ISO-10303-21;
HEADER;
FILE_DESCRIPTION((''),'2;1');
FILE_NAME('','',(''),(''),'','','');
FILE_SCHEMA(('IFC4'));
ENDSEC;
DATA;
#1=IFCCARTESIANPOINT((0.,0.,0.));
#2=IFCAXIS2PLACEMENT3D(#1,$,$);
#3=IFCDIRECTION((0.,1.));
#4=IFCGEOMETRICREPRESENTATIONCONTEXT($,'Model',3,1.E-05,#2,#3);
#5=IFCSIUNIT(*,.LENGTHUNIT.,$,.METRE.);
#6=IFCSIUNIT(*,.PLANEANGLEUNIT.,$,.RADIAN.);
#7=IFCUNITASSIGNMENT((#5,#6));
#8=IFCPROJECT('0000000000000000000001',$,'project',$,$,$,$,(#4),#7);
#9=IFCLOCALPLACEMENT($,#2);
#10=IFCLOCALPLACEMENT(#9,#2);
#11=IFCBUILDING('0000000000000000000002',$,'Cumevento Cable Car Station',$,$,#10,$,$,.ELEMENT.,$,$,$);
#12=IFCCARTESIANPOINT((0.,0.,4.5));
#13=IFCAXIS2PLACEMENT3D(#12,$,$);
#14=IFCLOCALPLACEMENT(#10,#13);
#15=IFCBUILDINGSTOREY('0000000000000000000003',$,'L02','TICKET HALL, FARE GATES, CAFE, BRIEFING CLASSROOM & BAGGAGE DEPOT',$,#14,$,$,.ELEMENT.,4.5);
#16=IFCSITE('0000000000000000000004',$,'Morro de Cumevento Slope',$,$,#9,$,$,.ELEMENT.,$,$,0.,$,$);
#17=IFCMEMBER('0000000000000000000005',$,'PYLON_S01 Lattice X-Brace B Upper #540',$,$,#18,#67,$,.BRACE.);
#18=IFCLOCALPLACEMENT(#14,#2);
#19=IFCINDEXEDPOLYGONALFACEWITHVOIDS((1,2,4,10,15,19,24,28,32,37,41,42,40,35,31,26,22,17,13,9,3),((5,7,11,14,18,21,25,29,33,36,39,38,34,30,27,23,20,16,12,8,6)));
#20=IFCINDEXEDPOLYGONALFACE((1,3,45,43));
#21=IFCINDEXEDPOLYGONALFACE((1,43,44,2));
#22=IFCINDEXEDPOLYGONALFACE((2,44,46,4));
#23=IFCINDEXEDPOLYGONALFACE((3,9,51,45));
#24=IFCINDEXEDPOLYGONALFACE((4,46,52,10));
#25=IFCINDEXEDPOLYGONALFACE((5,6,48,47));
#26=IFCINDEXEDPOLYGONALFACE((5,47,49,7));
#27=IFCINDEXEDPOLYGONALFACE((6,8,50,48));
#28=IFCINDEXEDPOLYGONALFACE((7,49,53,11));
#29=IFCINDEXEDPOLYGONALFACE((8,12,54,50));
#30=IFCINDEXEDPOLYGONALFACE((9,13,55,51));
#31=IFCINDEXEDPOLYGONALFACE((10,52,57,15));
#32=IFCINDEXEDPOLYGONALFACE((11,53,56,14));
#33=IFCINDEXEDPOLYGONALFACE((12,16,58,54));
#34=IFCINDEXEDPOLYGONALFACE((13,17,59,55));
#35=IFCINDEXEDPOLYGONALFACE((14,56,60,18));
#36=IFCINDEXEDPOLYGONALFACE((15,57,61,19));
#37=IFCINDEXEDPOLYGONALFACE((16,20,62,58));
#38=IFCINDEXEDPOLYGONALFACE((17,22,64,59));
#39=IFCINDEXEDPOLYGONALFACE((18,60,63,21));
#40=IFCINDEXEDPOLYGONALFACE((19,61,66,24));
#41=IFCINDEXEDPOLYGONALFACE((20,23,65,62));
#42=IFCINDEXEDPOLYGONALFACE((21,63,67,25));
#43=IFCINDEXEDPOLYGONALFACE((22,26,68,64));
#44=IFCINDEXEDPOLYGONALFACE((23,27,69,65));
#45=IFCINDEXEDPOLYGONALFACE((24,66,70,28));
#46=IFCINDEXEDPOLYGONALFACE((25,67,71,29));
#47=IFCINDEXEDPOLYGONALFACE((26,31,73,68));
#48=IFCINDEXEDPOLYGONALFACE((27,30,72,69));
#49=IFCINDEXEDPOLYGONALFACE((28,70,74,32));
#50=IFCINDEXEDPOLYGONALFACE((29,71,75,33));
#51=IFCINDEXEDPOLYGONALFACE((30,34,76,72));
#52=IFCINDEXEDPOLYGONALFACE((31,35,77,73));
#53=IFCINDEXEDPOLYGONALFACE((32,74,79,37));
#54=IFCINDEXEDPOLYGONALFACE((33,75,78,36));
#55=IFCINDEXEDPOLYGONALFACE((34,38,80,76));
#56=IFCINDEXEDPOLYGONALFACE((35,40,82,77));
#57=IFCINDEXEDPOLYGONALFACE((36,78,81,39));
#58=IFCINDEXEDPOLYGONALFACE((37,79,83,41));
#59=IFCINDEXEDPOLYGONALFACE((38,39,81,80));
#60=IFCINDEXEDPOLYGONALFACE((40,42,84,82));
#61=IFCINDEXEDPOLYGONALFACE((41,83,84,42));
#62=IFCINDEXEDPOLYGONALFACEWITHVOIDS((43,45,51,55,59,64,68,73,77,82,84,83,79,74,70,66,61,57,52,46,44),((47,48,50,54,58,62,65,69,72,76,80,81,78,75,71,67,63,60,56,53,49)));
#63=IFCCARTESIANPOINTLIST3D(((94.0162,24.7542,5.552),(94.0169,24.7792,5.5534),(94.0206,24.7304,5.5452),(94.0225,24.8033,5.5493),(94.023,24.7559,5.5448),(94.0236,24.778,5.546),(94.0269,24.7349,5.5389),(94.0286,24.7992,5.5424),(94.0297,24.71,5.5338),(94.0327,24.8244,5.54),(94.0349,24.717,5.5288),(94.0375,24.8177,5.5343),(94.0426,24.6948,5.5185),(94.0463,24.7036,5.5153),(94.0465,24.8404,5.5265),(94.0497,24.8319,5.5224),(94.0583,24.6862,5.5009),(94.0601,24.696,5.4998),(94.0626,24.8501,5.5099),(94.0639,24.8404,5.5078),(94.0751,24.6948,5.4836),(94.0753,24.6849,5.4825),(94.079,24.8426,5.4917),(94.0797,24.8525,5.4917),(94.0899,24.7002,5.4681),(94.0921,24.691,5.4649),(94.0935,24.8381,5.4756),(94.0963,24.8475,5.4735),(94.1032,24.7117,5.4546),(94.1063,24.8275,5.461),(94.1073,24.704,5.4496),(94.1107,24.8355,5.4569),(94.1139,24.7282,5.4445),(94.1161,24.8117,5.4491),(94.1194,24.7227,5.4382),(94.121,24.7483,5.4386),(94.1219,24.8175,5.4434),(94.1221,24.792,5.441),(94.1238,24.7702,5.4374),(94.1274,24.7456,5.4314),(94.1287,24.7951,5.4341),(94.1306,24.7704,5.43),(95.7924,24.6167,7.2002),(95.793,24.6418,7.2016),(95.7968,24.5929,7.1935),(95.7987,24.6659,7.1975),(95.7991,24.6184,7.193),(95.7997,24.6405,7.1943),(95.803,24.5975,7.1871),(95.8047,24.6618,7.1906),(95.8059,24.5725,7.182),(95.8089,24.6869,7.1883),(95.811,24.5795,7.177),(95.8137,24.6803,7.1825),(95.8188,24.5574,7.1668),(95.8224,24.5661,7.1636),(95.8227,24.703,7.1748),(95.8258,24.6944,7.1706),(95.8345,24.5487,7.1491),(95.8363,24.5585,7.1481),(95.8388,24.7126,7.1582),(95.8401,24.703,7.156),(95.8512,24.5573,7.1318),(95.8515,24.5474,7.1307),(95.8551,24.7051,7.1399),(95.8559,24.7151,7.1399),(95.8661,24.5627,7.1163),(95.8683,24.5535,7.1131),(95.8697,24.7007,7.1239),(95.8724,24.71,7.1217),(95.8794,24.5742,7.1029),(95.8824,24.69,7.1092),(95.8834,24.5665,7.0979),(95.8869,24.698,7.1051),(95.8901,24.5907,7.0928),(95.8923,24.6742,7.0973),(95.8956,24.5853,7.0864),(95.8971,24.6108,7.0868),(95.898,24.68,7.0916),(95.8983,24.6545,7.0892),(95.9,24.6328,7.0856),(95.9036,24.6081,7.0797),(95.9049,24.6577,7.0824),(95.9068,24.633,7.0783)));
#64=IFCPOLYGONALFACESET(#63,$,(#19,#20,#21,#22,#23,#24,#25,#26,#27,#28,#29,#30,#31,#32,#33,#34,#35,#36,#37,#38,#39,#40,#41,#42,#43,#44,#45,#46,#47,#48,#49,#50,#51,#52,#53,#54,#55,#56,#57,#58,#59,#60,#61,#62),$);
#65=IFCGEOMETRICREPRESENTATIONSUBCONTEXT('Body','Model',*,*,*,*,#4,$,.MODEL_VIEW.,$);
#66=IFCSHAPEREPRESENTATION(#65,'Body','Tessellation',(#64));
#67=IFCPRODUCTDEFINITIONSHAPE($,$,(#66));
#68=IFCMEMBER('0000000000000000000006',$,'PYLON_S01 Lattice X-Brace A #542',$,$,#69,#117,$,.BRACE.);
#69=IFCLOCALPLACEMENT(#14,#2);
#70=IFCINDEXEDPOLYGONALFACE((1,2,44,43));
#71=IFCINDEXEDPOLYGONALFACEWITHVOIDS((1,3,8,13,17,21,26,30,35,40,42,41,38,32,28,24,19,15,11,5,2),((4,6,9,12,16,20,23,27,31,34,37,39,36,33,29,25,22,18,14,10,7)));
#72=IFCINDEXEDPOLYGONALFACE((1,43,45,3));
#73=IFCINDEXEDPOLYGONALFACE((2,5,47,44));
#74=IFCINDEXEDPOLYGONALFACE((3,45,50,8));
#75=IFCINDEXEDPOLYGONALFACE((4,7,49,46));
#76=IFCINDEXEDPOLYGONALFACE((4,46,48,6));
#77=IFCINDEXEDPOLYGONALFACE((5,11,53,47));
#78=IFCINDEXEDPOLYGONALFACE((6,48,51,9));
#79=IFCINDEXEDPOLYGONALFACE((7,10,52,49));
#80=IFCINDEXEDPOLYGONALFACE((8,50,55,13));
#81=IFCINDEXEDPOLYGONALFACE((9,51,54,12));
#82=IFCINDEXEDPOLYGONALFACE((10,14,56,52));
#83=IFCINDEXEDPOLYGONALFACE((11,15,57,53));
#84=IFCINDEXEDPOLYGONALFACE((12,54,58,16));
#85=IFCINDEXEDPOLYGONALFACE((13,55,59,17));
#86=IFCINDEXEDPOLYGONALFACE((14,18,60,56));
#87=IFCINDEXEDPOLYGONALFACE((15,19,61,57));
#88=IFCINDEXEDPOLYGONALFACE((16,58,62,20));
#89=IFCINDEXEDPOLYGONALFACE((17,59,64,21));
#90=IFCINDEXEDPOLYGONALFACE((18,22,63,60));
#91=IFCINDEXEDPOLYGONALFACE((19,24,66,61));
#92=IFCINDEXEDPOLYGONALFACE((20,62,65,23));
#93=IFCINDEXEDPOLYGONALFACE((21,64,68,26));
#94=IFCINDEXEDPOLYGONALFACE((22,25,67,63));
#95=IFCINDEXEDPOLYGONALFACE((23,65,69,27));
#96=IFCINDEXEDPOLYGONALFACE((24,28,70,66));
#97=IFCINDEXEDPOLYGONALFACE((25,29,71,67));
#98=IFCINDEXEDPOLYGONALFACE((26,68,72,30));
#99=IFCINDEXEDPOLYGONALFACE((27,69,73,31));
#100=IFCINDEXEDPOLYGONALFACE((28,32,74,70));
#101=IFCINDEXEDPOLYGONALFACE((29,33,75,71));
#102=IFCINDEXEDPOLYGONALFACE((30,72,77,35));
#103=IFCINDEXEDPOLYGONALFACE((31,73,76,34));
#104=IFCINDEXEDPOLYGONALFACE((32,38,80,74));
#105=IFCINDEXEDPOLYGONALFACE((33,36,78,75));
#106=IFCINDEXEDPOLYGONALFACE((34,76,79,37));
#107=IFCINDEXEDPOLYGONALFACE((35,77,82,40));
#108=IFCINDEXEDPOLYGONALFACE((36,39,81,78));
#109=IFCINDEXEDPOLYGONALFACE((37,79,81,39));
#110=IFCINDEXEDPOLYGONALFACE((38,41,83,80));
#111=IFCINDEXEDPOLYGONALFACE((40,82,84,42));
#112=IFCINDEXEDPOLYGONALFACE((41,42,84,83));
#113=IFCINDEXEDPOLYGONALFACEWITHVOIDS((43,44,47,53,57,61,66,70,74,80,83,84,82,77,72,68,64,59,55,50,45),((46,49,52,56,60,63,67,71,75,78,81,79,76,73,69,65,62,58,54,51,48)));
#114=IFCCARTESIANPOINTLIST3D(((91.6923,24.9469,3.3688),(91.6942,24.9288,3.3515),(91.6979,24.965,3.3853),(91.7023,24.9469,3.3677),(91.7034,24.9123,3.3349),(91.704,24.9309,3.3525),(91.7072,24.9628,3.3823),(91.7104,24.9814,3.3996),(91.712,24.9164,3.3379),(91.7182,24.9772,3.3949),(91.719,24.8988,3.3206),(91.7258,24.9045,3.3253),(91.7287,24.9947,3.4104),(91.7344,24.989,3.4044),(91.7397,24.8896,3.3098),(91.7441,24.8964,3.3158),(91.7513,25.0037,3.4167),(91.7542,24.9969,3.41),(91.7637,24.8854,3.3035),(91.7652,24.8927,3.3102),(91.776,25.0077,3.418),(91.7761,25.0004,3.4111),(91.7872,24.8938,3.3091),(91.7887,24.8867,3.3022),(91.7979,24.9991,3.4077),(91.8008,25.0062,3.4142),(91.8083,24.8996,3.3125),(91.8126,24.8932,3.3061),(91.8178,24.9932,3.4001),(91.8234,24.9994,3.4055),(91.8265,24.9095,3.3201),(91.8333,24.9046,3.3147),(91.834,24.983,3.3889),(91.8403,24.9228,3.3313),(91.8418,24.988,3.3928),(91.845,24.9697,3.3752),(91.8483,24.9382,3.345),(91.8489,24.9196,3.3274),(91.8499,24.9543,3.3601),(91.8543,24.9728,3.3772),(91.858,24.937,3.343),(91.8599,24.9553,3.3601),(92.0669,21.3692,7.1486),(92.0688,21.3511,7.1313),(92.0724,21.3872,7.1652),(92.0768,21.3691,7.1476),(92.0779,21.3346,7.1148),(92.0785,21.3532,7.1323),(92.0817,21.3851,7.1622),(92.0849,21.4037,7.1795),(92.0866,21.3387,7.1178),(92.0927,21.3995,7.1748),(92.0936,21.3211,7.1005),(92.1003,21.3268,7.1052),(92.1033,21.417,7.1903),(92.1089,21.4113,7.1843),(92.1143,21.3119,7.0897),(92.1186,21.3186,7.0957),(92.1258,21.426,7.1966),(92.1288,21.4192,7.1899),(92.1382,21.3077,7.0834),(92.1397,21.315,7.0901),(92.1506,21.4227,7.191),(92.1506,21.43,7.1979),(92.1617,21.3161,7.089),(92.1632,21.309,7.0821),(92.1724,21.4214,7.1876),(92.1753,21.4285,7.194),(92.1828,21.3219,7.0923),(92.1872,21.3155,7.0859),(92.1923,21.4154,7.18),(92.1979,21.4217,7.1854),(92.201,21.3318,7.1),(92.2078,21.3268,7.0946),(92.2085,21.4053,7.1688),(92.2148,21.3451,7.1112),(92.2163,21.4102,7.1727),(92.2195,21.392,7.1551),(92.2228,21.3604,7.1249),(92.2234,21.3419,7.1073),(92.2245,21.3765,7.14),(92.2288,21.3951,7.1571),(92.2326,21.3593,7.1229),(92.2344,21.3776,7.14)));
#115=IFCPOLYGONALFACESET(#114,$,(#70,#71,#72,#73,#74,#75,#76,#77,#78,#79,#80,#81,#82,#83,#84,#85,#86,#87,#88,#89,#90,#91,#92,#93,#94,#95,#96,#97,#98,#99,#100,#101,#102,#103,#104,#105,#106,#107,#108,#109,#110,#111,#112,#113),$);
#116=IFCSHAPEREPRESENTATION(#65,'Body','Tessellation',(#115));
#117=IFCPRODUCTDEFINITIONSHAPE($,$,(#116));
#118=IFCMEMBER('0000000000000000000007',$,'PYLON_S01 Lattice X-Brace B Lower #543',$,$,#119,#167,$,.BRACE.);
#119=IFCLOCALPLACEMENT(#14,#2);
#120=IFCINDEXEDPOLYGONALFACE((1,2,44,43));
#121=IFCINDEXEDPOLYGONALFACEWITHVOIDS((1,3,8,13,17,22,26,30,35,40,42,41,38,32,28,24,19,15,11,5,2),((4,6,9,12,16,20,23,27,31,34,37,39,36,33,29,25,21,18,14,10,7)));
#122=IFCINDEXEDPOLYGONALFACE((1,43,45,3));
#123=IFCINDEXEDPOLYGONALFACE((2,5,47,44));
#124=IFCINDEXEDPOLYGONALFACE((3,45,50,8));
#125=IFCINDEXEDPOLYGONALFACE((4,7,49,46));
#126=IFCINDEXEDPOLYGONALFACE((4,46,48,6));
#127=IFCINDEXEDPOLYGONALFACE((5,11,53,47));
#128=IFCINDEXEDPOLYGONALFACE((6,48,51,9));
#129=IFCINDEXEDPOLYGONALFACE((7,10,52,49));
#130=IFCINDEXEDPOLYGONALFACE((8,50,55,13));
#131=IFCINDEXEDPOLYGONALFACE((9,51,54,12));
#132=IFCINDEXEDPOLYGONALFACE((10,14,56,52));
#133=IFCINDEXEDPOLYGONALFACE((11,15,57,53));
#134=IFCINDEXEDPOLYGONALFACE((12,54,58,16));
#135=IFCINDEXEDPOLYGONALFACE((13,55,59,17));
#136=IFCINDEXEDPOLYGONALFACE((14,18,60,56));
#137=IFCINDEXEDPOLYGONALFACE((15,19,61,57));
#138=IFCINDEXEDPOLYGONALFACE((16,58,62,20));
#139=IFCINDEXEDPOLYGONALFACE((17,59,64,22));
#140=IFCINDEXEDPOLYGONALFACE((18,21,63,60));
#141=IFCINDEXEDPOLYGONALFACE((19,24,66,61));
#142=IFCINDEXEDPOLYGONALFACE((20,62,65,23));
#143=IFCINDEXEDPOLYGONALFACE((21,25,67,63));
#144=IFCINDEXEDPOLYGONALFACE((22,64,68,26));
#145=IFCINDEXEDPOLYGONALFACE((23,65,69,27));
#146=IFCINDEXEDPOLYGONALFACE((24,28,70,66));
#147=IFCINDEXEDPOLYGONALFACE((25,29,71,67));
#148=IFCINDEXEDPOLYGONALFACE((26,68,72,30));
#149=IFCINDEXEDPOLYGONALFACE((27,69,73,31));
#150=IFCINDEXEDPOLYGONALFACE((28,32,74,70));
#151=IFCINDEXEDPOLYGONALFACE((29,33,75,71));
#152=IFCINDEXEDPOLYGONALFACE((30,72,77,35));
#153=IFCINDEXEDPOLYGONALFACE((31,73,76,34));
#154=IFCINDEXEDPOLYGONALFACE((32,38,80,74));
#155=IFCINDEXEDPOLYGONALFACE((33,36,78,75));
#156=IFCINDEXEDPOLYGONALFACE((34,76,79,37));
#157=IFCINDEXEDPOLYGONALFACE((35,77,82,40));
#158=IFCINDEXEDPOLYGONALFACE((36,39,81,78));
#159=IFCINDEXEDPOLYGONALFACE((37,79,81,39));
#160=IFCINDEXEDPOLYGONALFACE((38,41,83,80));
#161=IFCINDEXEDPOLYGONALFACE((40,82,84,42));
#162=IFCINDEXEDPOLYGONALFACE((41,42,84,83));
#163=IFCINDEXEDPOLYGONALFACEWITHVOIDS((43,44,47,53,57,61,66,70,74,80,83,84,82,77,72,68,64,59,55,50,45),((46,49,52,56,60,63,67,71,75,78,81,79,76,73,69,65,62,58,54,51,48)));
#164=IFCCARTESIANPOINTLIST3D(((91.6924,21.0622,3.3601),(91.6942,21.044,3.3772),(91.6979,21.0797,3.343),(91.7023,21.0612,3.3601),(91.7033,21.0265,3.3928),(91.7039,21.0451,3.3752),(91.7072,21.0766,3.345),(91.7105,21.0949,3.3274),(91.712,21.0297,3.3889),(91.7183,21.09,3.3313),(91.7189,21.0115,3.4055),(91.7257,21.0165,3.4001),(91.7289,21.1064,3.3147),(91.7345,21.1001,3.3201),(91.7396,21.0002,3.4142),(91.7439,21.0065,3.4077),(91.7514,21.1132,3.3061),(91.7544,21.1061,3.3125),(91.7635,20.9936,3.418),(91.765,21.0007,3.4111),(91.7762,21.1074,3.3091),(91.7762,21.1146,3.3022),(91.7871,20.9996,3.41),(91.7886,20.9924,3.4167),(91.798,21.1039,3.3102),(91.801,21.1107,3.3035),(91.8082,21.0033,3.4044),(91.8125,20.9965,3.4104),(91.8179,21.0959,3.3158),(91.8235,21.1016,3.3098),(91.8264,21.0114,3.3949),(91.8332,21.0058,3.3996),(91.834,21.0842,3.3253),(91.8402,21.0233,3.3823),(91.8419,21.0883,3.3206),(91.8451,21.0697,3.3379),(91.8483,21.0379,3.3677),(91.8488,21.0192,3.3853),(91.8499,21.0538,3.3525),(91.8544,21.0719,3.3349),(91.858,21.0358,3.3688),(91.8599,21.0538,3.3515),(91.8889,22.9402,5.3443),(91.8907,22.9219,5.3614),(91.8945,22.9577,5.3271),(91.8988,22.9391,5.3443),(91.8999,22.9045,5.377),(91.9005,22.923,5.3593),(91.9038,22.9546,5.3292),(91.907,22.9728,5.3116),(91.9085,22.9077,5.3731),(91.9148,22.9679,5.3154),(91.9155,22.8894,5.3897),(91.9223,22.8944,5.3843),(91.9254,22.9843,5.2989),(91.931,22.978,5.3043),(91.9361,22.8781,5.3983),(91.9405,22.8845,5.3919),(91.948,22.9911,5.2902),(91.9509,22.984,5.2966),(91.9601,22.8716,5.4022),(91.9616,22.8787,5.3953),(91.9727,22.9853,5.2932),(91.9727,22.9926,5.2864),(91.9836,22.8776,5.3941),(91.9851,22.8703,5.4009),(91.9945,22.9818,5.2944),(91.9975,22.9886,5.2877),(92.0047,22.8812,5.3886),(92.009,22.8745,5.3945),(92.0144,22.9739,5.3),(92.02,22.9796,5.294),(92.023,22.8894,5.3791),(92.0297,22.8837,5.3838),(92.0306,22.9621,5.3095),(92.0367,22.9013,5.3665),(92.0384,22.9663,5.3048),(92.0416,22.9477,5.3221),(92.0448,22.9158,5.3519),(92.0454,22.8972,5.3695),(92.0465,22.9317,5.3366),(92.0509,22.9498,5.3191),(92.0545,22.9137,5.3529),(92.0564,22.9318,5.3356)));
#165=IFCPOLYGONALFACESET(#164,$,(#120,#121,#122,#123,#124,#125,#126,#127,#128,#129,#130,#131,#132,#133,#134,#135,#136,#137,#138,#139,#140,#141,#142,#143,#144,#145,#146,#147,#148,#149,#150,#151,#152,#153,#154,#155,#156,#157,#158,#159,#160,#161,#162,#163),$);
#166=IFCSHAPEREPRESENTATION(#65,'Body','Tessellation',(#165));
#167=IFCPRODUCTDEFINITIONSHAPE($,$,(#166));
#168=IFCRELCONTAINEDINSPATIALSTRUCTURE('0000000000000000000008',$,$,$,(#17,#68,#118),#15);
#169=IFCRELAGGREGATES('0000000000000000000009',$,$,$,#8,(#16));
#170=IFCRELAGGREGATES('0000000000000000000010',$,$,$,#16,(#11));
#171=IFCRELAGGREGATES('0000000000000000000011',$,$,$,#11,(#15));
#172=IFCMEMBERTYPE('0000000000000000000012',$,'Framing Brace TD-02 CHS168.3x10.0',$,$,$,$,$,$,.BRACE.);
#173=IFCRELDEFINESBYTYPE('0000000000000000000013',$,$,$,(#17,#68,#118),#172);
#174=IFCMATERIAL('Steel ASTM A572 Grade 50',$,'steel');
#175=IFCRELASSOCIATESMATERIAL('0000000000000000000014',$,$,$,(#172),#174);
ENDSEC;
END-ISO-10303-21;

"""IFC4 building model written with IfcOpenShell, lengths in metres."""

from ifc_helpers import new_model, si_unit, direction, frame, origin, origin_2d, place, context, subcontext, project, spatial, hollow_circle, extrude, material, material_profile, profile_set, type_object, element, save


model = new_model("IFC4")

# Units and contexts
model_context = context("Model", 3, precision=1e-05, world=origin(), true_north=direction((0.0, 1.0)))
body_context = subcontext(model_context, "Body", "Model", "MODEL_VIEW")
ifc_project = project(units=[si_unit("LENGTHUNIT", "METRE"), si_unit("PLANEANGLEUNIT", "RADIAN")], contexts=[model_context])

# Site, building, storey
site_placement = place(None, origin())
site = spatial("IfcSite", under=ifc_project, at=site_placement, Name="Morro de Cumevento Slope", CompositionType="ELEMENT", RefElevation=0.0)
building_placement = place(site_placement, origin())
building = spatial("IfcBuilding", under=site, at=building_placement, Name="Cumevento Cable Car Station", CompositionType="ELEMENT")
storey_placement = place(building_placement, frame((0.0, 0.0, 4.5)))
storey = spatial("IfcBuildingStorey", under=building, at=storey_placement, Name="L02", Description="TICKET HALL, FARE GATES, CAFE, BRIEFING CLASSROOM & BAGGAGE DEPOT", CompositionType="ELEMENT", Elevation=4.5)

# Members
ifc_material_1 = material(Name="Steel ASTM A572 Grade 50", Category="steel")
ifc_material_profile_1 = material_profile(ifc_material_1, hollow_circle(Radius=0.0842, WallThickness=0.01, at=origin_2d()), Name="CHS168.3x10.0")
ifc_profile_set_1 = profile_set([ifc_material_profile_1], Name="Steel ASTM A572 Grade 50")
member_type_1 = type_object("IfcMemberType", Name="Framing Brace TD-02 CHS168.3x10.0", PredefinedType="BRACE", material=ifc_profile_set_1)
member_1_placement = place(storey_placement, frame((94.0732, 24.7686, 5.4917), z_axis=(0.731836, -0.056636, 0.679124), x_axis=(0.077158, 0.997019, 0.0)))
element("IfcMember", 1, at=member_1_placement, inside=storey, type_object=member_type_1, Name="PYLON_S01 Lattice X-Brace B Upper #540", PredefinedType="BRACE", context=body_context, shape_type="SweptSolid", body=[
    extrude(hollow_circle(Radius=0.0842, WallThickness=0.01, at=origin_2d()), origin(), (0.0, 0.0, 1.0), 2.427),
])
member_2_placement = place(storey_placement, frame((91.7761, 24.9465, 3.3601), z_axis=(0.071774, -0.685646, 0.724388), x_axis=(0.994566, 0.104112, 0.0)))
element("IfcMember", 2, at=member_2_placement, inside=storey, type_object=member_type_1, Name="PYLON_S01 Lattice X-Brace A #542", PredefinedType="BRACE", context=body_context, shape_type="SweptSolid", body=[
    extrude(hollow_circle(Radius=0.0842, WallThickness=0.01, at=origin_2d()), origin(), (0.0, 0.0, 1.0), 5.218),
])
member_3_placement = place(storey_placement, frame((91.7761, 21.0535, 3.3601), z_axis=(0.071754, 0.685631, 0.724405), x_axis=(-0.994568, 0.104086, 0.0)))
element("IfcMember", 3, at=member_3_placement, inside=storey, type_object=member_type_1, Name="PYLON_S01 Lattice X-Brace B Lower #543", PredefinedType="BRACE", context=body_context, shape_type="SweptSolid", body=[
    extrude(hollow_circle(Radius=0.0842, WallThickness=0.01, at=origin_2d()), origin(), (0.0, 0.0, 1.0), 2.739),
])

save(model, "model.ifc")
